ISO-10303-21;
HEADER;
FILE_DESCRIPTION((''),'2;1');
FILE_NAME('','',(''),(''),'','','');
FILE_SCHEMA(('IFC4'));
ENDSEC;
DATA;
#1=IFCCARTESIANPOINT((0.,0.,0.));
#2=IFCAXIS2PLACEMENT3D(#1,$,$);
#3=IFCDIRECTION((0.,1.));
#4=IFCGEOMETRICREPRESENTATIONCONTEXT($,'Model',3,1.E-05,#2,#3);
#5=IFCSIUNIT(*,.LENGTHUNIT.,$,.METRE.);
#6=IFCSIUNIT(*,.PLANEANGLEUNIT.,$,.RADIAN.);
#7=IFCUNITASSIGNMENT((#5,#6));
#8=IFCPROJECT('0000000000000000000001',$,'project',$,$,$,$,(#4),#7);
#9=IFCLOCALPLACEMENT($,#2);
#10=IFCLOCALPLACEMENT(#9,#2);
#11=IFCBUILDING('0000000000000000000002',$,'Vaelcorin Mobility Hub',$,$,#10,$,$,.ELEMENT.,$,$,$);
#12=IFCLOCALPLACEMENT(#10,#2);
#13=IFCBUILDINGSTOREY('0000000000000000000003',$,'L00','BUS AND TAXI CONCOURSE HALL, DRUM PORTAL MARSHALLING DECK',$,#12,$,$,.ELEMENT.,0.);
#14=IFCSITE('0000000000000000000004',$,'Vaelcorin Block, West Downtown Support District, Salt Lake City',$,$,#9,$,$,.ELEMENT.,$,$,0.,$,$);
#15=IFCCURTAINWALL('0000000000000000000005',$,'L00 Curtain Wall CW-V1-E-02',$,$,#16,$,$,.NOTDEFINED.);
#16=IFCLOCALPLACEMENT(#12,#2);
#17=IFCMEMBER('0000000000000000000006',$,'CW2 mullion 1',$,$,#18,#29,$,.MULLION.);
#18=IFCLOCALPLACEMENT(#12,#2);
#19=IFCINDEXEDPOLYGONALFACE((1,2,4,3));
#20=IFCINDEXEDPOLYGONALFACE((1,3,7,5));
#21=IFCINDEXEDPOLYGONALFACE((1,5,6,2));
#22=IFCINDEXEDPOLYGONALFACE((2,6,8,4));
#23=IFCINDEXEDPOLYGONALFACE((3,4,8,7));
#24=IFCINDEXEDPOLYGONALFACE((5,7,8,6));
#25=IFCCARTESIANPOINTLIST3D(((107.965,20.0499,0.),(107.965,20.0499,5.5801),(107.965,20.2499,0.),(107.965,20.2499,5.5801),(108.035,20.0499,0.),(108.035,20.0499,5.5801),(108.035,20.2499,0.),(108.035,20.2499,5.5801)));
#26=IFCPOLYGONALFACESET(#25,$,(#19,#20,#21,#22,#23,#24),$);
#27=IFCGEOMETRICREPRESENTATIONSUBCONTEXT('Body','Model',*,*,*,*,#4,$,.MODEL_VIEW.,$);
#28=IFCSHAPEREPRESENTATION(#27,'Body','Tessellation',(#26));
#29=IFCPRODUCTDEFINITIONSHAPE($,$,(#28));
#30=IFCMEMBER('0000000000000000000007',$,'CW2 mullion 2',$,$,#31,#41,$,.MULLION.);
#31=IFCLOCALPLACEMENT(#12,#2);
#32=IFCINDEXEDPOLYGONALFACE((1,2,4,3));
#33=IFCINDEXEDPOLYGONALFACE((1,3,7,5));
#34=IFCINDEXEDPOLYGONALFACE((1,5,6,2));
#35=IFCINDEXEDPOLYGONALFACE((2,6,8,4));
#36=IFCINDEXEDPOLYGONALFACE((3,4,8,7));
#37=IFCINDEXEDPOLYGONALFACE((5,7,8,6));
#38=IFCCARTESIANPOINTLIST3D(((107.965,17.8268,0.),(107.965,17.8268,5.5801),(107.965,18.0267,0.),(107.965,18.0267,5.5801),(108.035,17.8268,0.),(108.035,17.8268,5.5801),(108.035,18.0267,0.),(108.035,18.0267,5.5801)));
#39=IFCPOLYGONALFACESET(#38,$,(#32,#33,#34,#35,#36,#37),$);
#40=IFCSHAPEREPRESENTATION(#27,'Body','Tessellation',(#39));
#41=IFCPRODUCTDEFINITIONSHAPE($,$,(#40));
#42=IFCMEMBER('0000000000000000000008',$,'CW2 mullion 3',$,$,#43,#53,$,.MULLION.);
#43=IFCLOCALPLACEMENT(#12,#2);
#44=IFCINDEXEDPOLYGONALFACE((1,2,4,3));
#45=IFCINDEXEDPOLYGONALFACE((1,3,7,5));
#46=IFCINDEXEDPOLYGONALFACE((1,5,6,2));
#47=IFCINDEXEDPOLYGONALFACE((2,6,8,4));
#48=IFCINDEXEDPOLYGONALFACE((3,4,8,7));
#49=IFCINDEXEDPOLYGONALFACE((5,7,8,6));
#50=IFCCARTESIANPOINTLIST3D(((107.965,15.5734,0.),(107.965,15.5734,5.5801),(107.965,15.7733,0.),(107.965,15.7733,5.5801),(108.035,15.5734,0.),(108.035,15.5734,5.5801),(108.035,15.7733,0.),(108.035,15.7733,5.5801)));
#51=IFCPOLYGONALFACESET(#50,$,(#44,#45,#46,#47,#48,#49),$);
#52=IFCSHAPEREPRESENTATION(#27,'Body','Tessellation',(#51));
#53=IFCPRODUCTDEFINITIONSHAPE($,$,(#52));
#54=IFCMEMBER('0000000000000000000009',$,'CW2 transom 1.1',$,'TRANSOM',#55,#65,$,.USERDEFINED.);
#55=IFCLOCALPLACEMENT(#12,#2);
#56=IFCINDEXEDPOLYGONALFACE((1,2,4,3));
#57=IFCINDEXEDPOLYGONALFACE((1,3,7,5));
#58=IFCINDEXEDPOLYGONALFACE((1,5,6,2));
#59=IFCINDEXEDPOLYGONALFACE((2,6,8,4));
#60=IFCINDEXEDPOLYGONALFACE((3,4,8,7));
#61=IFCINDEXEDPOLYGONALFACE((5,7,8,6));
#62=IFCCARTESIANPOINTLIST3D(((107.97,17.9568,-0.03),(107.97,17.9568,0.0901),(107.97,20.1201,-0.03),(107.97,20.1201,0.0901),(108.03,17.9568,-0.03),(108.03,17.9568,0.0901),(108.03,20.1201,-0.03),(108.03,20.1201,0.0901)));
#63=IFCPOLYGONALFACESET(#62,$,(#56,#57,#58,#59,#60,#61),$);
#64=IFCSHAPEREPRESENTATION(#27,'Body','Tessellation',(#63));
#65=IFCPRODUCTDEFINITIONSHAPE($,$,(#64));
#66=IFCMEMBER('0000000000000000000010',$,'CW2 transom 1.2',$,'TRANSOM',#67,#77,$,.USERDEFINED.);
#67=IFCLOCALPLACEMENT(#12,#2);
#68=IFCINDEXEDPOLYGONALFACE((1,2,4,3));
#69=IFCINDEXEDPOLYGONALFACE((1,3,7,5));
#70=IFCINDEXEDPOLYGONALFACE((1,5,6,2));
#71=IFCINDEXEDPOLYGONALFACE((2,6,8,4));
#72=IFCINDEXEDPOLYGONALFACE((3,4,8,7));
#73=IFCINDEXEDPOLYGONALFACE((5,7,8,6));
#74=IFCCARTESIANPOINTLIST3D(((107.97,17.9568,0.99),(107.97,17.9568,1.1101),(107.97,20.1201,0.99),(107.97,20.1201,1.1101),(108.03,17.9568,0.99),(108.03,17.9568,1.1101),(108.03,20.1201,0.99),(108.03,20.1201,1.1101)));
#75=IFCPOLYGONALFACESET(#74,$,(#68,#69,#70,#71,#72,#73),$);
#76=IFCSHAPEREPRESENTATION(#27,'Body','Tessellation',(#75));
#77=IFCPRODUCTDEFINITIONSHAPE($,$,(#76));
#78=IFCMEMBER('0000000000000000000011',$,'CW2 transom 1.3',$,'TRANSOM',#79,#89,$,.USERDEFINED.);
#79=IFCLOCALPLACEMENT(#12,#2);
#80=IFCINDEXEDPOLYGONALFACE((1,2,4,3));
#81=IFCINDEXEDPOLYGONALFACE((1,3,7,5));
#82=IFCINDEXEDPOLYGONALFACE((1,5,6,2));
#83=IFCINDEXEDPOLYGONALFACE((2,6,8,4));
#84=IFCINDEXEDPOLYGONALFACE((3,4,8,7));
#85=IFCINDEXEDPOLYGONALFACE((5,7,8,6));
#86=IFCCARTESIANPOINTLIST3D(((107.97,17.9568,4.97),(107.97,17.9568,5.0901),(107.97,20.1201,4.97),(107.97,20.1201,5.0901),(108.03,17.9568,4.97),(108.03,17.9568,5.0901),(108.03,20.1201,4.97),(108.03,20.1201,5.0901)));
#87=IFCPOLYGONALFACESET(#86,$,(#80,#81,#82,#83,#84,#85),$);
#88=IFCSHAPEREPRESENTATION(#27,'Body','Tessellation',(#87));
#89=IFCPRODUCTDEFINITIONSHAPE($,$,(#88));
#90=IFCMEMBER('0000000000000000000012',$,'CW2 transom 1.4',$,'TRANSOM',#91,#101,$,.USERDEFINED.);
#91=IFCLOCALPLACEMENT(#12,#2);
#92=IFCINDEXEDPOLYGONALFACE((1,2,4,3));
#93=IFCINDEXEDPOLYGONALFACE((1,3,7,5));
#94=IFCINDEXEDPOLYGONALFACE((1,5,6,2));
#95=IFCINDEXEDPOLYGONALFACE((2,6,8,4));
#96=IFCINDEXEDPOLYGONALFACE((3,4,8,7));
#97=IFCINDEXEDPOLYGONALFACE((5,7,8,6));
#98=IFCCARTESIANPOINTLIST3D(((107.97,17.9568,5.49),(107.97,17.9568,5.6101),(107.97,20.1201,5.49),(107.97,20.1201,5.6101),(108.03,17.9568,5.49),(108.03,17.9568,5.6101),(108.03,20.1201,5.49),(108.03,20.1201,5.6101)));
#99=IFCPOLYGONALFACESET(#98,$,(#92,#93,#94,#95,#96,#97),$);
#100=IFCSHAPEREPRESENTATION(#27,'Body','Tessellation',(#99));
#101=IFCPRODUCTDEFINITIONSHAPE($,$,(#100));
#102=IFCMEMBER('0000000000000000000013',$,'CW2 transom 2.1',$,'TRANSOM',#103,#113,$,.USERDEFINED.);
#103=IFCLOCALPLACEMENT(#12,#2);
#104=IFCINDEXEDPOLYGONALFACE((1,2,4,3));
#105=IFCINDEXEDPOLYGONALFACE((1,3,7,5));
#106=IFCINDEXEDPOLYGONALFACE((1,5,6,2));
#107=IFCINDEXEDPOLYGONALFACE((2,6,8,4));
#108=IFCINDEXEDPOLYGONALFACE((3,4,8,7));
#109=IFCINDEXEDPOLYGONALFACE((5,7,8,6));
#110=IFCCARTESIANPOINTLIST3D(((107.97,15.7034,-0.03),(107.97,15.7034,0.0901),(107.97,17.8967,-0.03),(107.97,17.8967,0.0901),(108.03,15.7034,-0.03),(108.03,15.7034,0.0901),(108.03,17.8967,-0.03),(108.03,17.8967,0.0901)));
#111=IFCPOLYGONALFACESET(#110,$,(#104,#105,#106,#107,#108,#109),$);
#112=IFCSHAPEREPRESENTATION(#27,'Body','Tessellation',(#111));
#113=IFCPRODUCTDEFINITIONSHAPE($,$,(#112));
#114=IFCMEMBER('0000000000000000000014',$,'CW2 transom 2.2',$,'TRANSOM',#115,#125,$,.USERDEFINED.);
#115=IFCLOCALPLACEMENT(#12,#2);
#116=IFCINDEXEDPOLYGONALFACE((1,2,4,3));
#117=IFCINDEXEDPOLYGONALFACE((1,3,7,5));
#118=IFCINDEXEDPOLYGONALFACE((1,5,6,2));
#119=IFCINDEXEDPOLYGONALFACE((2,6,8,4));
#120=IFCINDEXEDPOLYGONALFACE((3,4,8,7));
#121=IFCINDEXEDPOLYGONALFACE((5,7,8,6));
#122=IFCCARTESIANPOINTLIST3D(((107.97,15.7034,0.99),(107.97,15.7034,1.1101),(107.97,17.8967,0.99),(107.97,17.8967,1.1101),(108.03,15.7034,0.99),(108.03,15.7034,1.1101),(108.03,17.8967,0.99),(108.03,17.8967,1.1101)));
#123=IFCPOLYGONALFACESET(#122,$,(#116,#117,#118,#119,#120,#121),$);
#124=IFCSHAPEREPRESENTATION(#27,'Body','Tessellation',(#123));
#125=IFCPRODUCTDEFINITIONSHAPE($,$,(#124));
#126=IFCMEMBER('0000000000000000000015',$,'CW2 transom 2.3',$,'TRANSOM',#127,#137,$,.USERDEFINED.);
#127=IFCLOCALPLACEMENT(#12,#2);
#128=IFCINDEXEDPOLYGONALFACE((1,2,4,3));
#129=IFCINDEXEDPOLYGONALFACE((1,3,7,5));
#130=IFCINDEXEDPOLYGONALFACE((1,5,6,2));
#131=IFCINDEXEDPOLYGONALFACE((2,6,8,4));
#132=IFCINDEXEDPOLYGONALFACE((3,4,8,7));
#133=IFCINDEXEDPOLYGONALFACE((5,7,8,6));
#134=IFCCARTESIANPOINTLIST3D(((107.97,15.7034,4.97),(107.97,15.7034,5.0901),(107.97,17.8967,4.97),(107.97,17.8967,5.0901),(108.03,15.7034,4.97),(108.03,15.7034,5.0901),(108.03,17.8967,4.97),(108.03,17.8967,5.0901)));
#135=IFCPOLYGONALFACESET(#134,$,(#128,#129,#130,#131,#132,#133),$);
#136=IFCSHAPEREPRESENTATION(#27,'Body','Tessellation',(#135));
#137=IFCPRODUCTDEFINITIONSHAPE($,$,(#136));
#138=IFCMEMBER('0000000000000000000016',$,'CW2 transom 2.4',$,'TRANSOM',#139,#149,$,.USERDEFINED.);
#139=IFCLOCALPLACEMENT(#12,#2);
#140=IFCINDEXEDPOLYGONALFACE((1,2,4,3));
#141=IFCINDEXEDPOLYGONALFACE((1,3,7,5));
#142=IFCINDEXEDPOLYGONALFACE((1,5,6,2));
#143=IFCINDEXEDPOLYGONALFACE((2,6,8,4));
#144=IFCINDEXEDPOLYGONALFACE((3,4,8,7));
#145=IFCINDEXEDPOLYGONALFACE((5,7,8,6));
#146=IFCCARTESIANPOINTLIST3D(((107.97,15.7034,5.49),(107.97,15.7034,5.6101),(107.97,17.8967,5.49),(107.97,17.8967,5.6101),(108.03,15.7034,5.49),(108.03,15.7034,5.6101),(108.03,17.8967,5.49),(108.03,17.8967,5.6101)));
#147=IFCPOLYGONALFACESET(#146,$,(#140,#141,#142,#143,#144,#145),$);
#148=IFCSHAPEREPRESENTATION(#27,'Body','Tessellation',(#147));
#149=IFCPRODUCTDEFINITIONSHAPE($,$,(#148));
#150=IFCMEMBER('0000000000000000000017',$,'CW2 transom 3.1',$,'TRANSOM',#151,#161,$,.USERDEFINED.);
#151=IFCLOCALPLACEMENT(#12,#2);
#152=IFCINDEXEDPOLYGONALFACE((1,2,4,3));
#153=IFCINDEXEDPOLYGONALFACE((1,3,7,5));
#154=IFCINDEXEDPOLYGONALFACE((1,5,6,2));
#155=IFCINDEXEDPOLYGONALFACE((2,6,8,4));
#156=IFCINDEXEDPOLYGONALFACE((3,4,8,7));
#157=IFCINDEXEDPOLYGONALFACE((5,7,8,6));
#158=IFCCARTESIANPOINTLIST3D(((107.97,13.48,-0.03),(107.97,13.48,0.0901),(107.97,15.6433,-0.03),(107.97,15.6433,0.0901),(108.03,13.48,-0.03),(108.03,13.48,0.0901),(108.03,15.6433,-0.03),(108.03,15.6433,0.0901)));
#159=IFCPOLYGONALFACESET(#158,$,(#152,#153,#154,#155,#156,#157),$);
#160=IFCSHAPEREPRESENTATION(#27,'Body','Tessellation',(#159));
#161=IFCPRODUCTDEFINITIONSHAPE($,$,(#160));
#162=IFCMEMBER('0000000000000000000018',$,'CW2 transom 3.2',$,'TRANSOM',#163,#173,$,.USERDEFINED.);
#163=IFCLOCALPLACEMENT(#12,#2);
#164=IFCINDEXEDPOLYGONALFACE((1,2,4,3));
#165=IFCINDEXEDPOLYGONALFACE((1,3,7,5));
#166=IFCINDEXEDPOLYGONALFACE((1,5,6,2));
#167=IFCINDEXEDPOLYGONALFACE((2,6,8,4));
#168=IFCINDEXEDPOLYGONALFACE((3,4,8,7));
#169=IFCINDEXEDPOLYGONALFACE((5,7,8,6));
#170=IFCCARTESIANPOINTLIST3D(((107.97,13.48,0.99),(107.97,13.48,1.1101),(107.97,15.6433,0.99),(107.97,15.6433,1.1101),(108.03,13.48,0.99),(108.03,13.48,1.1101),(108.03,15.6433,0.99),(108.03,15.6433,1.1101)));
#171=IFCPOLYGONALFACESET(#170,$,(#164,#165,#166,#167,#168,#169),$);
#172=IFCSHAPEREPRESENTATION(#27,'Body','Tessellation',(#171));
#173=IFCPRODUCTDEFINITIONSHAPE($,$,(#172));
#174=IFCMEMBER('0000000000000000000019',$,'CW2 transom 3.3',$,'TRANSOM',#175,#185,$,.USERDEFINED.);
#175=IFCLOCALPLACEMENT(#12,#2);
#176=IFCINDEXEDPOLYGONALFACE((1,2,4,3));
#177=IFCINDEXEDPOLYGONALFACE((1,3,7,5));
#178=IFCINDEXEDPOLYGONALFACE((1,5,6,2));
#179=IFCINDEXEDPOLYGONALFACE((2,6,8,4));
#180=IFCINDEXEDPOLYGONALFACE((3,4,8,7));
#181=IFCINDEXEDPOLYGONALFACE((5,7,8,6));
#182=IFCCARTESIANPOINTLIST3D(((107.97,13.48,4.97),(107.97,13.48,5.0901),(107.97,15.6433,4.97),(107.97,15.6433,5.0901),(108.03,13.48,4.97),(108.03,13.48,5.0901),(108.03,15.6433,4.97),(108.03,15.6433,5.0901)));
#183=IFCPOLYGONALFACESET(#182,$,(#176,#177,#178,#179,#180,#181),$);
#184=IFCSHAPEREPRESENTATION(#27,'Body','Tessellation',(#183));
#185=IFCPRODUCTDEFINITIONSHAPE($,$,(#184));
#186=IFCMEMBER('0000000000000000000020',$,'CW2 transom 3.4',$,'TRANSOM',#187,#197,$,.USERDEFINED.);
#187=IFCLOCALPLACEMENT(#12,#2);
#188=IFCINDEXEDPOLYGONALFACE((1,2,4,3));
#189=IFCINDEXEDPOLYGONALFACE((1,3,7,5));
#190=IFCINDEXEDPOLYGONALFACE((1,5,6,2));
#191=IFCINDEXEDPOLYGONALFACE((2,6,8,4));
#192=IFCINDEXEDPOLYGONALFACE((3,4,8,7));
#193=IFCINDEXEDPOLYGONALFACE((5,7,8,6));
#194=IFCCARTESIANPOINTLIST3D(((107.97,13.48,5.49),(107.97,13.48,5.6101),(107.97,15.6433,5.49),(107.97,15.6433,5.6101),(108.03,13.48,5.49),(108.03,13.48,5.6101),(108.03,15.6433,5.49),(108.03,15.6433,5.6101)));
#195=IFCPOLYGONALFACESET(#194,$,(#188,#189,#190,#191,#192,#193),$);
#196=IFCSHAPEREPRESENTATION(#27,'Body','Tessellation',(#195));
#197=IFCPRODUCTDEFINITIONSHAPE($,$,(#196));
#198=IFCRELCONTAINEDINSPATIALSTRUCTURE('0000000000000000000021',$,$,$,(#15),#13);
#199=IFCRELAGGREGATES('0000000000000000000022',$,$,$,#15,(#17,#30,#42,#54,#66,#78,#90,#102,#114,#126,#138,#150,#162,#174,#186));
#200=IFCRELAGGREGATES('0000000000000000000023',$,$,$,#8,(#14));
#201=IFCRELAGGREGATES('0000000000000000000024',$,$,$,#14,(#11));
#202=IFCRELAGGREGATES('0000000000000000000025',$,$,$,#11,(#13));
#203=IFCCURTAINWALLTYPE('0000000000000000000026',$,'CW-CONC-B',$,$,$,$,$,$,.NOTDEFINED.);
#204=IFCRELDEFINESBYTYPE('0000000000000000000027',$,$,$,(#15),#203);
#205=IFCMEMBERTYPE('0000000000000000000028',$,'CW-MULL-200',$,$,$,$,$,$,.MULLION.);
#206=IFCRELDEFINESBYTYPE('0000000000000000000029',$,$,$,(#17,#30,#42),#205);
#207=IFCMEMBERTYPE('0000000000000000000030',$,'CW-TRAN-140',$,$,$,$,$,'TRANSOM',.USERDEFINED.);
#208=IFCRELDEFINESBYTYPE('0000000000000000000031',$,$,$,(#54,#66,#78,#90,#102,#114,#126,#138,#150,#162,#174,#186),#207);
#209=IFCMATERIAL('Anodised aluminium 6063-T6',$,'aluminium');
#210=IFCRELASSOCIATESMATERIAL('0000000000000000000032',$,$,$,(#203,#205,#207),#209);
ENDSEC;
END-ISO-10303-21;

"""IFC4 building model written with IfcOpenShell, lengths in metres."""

from ifc_helpers import new_model, si_unit, direction, frame, origin, origin_2d, place, context, subcontext, project, spatial, rectangle, extrude, material, material_profile, profile_set, type_object, element, aggregate, save


model = new_model("IFC4")

# Units and contexts
model_context = context("Model", 3, precision=1e-05, world=origin(), true_north=direction((0.0, 1.0)))
body_context = subcontext(model_context, "Body", "Model", "MODEL_VIEW")
ifc_project = project(units=[si_unit("LENGTHUNIT", "METRE"), si_unit("PLANEANGLEUNIT", "RADIAN")], contexts=[model_context])

# Site, building, storey
site_placement = place(None, origin())
site = spatial("IfcSite", under=ifc_project, at=site_placement, Name="Vaelcorin Block, West Downtown Support District, Salt Lake City", CompositionType="ELEMENT", RefElevation=0.0)
building_placement = place(site_placement, origin())
building = spatial("IfcBuilding", under=site, at=building_placement, Name="Vaelcorin Mobility Hub", CompositionType="ELEMENT")
storey_placement = place(building_placement, origin())
storey = spatial("IfcBuildingStorey", under=building, at=storey_placement, Name="L00", Description="BUS AND TAXI CONCOURSE HALL, DRUM PORTAL MARSHALLING DECK", CompositionType="ELEMENT", Elevation=0.0)

# Curtain wall, members
ifc_material_1 = material(Name="Anodised aluminium 6063-T6", Category="aluminium")
curtain_wall_type = type_object("IfcCurtainWallType", Name="CW-CONC-B", PredefinedType="NOTDEFINED", material=ifc_material_1)
curtain_wall_placement = place(storey_placement, origin())
curtain_wall = element("IfcCurtainWall", 1, at=curtain_wall_placement, inside=storey, type_object=curtain_wall_type, Name="L00 Curtain Wall CW-V1-E-02", PredefinedType="NOTDEFINED")
ifc_material_profile_1 = material_profile(ifc_material_1, rectangle(XDim=0.0701, YDim=0.2, at=origin_2d()), Name="ALU-M70X200")
ifc_profile_set_1 = profile_set([ifc_material_profile_1], Name="Anodised aluminium 6063-T6")
member_type_1 = type_object("IfcMemberType", Name="CW-MULL-200", PredefinedType="MULLION", material=ifc_profile_set_1)
member_1_placement = place(storey_placement, frame((108.0, 20.1499, 0.0), z_axis=(0.0, 0.0, 1.0), x_axis=(1.0, 0.0, 0.0)))
member_1 = element("IfcMember", 2, at=member_1_placement, type_object=member_type_1, Name="CW2 mullion 1", PredefinedType="MULLION", context=body_context, shape_type="SweptSolid", body=[
    extrude(rectangle(XDim=0.0701, YDim=0.2, at=origin_2d()), origin(), (0.0, 0.0, 1.0), 5.5801),
])
member_2_placement = place(storey_placement, frame((108.0, 17.9268, 0.0), z_axis=(0.0, 0.0, 1.0), x_axis=(1.0, 0.0, 0.0)))
member_2 = element("IfcMember", 3, at=member_2_placement, type_object=member_type_1, Name="CW2 mullion 2", PredefinedType="MULLION", context=body_context, shape_type="SweptSolid", body=[
    extrude(rectangle(XDim=0.0701, YDim=0.2, at=origin_2d()), origin(), (0.0, 0.0, 1.0), 5.5801),
])
member_3_placement = place(storey_placement, frame((108.0, 15.6733, 0.0), z_axis=(0.0, 0.0, 1.0), x_axis=(1.0, 0.0, 0.0)))
member_3 = element("IfcMember", 4, at=member_3_placement, type_object=member_type_1, Name="CW2 mullion 3", PredefinedType="MULLION", context=body_context, shape_type="SweptSolid", body=[
    extrude(rectangle(XDim=0.0701, YDim=0.2, at=origin_2d()), origin(), (0.0, 0.0, 1.0), 5.5801),
])
ifc_material_profile_2 = material_profile(ifc_material_1, rectangle(XDim=0.0601, YDim=0.1201, at=origin_2d()), Name="ALU-T60X120")
ifc_profile_set_2 = profile_set([ifc_material_profile_2], Name="Anodised aluminium 6063-T6")
member_type_2 = type_object("IfcMemberType", Name="CW-TRAN-140", ElementType="TRANSOM", PredefinedType="USERDEFINED", material=ifc_profile_set_2)
member_4_placement = place(storey_placement, frame((108.0, 20.1201, 0.03), z_axis=(0.0, -1.0, 0.0), x_axis=(1.0, 0.0, 0.0)))
member_4 = element("IfcMember", 5, at=member_4_placement, type_object=member_type_2, Name="CW2 transom 1.1", ObjectType="TRANSOM", PredefinedType="USERDEFINED", context=body_context, shape_type="SweptSolid", body=[
    extrude(rectangle(XDim=0.0601, YDim=0.1201, at=origin_2d()), origin(), (0.0, 0.0, 1.0), 2.1633),
])
member_5_placement = place(storey_placement, frame((108.0, 20.1201, 1.05), z_axis=(0.0, -1.0, 0.0), x_axis=(1.0, 0.0, 0.0)))
member_5 = element("IfcMember", 6, at=member_5_placement, type_object=member_type_2, Name="CW2 transom 1.2", ObjectType="TRANSOM", PredefinedType="USERDEFINED", context=body_context, shape_type="SweptSolid", body=[
    extrude(rectangle(XDim=0.0601, YDim=0.1201, at=origin_2d()), origin(), (0.0, 0.0, 1.0), 2.1633),
])
member_6_placement = place(storey_placement, frame((108.0, 20.1201, 5.03), z_axis=(0.0, -1.0, 0.0), x_axis=(1.0, 0.0, 0.0)))
member_6 = element("IfcMember", 7, at=member_6_placement, type_object=member_type_2, Name="CW2 transom 1.3", ObjectType="TRANSOM", PredefinedType="USERDEFINED", context=body_context, shape_type="SweptSolid", body=[
    extrude(rectangle(XDim=0.0601, YDim=0.1201, at=origin_2d()), origin(), (0.0, 0.0, 1.0), 2.1633),
])
member_7_placement = place(storey_placement, frame((108.0, 20.1201, 5.55), z_axis=(0.0, -1.0, 0.0), x_axis=(1.0, 0.0, 0.0)))
member_7 = element("IfcMember", 8, at=member_7_placement, type_object=member_type_2, Name="CW2 transom 1.4", ObjectType="TRANSOM", PredefinedType="USERDEFINED", context=body_context, shape_type="SweptSolid", body=[
    extrude(rectangle(XDim=0.0601, YDim=0.1201, at=origin_2d()), origin(), (0.0, 0.0, 1.0), 2.1633),
])
member_8_placement = place(storey_placement, frame((108.0, 17.8967, 0.03), z_axis=(0.0, -1.0, 0.0), x_axis=(1.0, 0.0, 0.0)))
member_8 = element("IfcMember", 9, at=member_8_placement, type_object=member_type_2, Name="CW2 transom 2.1", ObjectType="TRANSOM", PredefinedType="USERDEFINED", context=body_context, shape_type="SweptSolid", body=[
    extrude(rectangle(XDim=0.0601, YDim=0.1201, at=origin_2d()), origin(), (0.0, 0.0, 1.0), 2.1934),
])
member_9_placement = place(storey_placement, frame((108.0, 17.8967, 1.05), z_axis=(0.0, -1.0, 0.0), x_axis=(1.0, 0.0, 0.0)))
member_9 = element("IfcMember", 10, at=member_9_placement, type_object=member_type_2, Name="CW2 transom 2.2", ObjectType="TRANSOM", PredefinedType="USERDEFINED", context=body_context, shape_type="SweptSolid", body=[
    extrude(rectangle(XDim=0.0601, YDim=0.1201, at=origin_2d()), origin(), (0.0, 0.0, 1.0), 2.1934),
])
member_10_placement = place(storey_placement, frame((108.0, 17.8967, 5.03), z_axis=(0.0, -1.0, 0.0), x_axis=(1.0, 0.0, 0.0)))
member_10 = element("IfcMember", 11, at=member_10_placement, type_object=member_type_2, Name="CW2 transom 2.3", ObjectType="TRANSOM", PredefinedType="USERDEFINED", context=body_context, shape_type="SweptSolid", body=[
    extrude(rectangle(XDim=0.0601, YDim=0.1201, at=origin_2d()), origin(), (0.0, 0.0, 1.0), 2.1934),
])
member_11_placement = place(storey_placement, frame((108.0, 17.8967, 5.55), z_axis=(0.0, -1.0, 0.0), x_axis=(1.0, 0.0, 0.0)))
member_11 = element("IfcMember", 12, at=member_11_placement, type_object=member_type_2, Name="CW2 transom 2.4", ObjectType="TRANSOM", PredefinedType="USERDEFINED", context=body_context, shape_type="SweptSolid", body=[
    extrude(rectangle(XDim=0.0601, YDim=0.1201, at=origin_2d()), origin(), (0.0, 0.0, 1.0), 2.1934),
])
member_12_placement = place(storey_placement, frame((108.0, 15.6433, 0.03), z_axis=(0.0, -1.0, 0.0), x_axis=(1.0, 0.0, 0.0)))
member_12 = element("IfcMember", 13, at=member_12_placement, type_object=member_type_2, Name="CW2 transom 3.1", ObjectType="TRANSOM", PredefinedType="USERDEFINED", context=body_context, shape_type="SweptSolid", body=[
    extrude(rectangle(XDim=0.0601, YDim=0.1201, at=origin_2d()), origin(), (0.0, 0.0, 1.0), 2.1633),
])
member_13_placement = place(storey_placement, frame((108.0, 15.6433, 1.05), z_axis=(0.0, -1.0, 0.0), x_axis=(1.0, 0.0, 0.0)))
member_13 = element("IfcMember", 14, at=member_13_placement, type_object=member_type_2, Name="CW2 transom 3.2", ObjectType="TRANSOM", PredefinedType="USERDEFINED", context=body_context, shape_type="SweptSolid", body=[
    extrude(rectangle(XDim=0.0601, YDim=0.1201, at=origin_2d()), origin(), (0.0, 0.0, 1.0), 2.1633),
])
member_14_placement = place(storey_placement, frame((108.0, 15.6433, 5.03), z_axis=(0.0, -1.0, 0.0), x_axis=(1.0, 0.0, 0.0)))
member_14 = element("IfcMember", 15, at=member_14_placement, type_object=member_type_2, Name="CW2 transom 3.3", ObjectType="TRANSOM", PredefinedType="USERDEFINED", context=body_context, shape_type="SweptSolid", body=[
    extrude(rectangle(XDim=0.0601, YDim=0.1201, at=origin_2d()), origin(), (0.0, 0.0, 1.0), 2.1633),
])
member_15_placement = place(storey_placement, frame((108.0, 15.6433, 5.55), z_axis=(0.0, -1.0, 0.0), x_axis=(1.0, 0.0, 0.0)))
member_15 = element("IfcMember", 16, at=member_15_placement, type_object=member_type_2, Name="CW2 transom 3.4", ObjectType="TRANSOM", PredefinedType="USERDEFINED", context=body_context, shape_type="SweptSolid", body=[
    extrude(rectangle(XDim=0.0601, YDim=0.1201, at=origin_2d()), origin(), (0.0, 0.0, 1.0), 2.1633),
])
aggregate(curtain_wall, [member_1, member_2, member_3, member_4, member_5, member_6, member_7, member_8, member_9, member_10, member_11, member_12, member_13, member_14, member_15])

save(model, "model.ifc")
